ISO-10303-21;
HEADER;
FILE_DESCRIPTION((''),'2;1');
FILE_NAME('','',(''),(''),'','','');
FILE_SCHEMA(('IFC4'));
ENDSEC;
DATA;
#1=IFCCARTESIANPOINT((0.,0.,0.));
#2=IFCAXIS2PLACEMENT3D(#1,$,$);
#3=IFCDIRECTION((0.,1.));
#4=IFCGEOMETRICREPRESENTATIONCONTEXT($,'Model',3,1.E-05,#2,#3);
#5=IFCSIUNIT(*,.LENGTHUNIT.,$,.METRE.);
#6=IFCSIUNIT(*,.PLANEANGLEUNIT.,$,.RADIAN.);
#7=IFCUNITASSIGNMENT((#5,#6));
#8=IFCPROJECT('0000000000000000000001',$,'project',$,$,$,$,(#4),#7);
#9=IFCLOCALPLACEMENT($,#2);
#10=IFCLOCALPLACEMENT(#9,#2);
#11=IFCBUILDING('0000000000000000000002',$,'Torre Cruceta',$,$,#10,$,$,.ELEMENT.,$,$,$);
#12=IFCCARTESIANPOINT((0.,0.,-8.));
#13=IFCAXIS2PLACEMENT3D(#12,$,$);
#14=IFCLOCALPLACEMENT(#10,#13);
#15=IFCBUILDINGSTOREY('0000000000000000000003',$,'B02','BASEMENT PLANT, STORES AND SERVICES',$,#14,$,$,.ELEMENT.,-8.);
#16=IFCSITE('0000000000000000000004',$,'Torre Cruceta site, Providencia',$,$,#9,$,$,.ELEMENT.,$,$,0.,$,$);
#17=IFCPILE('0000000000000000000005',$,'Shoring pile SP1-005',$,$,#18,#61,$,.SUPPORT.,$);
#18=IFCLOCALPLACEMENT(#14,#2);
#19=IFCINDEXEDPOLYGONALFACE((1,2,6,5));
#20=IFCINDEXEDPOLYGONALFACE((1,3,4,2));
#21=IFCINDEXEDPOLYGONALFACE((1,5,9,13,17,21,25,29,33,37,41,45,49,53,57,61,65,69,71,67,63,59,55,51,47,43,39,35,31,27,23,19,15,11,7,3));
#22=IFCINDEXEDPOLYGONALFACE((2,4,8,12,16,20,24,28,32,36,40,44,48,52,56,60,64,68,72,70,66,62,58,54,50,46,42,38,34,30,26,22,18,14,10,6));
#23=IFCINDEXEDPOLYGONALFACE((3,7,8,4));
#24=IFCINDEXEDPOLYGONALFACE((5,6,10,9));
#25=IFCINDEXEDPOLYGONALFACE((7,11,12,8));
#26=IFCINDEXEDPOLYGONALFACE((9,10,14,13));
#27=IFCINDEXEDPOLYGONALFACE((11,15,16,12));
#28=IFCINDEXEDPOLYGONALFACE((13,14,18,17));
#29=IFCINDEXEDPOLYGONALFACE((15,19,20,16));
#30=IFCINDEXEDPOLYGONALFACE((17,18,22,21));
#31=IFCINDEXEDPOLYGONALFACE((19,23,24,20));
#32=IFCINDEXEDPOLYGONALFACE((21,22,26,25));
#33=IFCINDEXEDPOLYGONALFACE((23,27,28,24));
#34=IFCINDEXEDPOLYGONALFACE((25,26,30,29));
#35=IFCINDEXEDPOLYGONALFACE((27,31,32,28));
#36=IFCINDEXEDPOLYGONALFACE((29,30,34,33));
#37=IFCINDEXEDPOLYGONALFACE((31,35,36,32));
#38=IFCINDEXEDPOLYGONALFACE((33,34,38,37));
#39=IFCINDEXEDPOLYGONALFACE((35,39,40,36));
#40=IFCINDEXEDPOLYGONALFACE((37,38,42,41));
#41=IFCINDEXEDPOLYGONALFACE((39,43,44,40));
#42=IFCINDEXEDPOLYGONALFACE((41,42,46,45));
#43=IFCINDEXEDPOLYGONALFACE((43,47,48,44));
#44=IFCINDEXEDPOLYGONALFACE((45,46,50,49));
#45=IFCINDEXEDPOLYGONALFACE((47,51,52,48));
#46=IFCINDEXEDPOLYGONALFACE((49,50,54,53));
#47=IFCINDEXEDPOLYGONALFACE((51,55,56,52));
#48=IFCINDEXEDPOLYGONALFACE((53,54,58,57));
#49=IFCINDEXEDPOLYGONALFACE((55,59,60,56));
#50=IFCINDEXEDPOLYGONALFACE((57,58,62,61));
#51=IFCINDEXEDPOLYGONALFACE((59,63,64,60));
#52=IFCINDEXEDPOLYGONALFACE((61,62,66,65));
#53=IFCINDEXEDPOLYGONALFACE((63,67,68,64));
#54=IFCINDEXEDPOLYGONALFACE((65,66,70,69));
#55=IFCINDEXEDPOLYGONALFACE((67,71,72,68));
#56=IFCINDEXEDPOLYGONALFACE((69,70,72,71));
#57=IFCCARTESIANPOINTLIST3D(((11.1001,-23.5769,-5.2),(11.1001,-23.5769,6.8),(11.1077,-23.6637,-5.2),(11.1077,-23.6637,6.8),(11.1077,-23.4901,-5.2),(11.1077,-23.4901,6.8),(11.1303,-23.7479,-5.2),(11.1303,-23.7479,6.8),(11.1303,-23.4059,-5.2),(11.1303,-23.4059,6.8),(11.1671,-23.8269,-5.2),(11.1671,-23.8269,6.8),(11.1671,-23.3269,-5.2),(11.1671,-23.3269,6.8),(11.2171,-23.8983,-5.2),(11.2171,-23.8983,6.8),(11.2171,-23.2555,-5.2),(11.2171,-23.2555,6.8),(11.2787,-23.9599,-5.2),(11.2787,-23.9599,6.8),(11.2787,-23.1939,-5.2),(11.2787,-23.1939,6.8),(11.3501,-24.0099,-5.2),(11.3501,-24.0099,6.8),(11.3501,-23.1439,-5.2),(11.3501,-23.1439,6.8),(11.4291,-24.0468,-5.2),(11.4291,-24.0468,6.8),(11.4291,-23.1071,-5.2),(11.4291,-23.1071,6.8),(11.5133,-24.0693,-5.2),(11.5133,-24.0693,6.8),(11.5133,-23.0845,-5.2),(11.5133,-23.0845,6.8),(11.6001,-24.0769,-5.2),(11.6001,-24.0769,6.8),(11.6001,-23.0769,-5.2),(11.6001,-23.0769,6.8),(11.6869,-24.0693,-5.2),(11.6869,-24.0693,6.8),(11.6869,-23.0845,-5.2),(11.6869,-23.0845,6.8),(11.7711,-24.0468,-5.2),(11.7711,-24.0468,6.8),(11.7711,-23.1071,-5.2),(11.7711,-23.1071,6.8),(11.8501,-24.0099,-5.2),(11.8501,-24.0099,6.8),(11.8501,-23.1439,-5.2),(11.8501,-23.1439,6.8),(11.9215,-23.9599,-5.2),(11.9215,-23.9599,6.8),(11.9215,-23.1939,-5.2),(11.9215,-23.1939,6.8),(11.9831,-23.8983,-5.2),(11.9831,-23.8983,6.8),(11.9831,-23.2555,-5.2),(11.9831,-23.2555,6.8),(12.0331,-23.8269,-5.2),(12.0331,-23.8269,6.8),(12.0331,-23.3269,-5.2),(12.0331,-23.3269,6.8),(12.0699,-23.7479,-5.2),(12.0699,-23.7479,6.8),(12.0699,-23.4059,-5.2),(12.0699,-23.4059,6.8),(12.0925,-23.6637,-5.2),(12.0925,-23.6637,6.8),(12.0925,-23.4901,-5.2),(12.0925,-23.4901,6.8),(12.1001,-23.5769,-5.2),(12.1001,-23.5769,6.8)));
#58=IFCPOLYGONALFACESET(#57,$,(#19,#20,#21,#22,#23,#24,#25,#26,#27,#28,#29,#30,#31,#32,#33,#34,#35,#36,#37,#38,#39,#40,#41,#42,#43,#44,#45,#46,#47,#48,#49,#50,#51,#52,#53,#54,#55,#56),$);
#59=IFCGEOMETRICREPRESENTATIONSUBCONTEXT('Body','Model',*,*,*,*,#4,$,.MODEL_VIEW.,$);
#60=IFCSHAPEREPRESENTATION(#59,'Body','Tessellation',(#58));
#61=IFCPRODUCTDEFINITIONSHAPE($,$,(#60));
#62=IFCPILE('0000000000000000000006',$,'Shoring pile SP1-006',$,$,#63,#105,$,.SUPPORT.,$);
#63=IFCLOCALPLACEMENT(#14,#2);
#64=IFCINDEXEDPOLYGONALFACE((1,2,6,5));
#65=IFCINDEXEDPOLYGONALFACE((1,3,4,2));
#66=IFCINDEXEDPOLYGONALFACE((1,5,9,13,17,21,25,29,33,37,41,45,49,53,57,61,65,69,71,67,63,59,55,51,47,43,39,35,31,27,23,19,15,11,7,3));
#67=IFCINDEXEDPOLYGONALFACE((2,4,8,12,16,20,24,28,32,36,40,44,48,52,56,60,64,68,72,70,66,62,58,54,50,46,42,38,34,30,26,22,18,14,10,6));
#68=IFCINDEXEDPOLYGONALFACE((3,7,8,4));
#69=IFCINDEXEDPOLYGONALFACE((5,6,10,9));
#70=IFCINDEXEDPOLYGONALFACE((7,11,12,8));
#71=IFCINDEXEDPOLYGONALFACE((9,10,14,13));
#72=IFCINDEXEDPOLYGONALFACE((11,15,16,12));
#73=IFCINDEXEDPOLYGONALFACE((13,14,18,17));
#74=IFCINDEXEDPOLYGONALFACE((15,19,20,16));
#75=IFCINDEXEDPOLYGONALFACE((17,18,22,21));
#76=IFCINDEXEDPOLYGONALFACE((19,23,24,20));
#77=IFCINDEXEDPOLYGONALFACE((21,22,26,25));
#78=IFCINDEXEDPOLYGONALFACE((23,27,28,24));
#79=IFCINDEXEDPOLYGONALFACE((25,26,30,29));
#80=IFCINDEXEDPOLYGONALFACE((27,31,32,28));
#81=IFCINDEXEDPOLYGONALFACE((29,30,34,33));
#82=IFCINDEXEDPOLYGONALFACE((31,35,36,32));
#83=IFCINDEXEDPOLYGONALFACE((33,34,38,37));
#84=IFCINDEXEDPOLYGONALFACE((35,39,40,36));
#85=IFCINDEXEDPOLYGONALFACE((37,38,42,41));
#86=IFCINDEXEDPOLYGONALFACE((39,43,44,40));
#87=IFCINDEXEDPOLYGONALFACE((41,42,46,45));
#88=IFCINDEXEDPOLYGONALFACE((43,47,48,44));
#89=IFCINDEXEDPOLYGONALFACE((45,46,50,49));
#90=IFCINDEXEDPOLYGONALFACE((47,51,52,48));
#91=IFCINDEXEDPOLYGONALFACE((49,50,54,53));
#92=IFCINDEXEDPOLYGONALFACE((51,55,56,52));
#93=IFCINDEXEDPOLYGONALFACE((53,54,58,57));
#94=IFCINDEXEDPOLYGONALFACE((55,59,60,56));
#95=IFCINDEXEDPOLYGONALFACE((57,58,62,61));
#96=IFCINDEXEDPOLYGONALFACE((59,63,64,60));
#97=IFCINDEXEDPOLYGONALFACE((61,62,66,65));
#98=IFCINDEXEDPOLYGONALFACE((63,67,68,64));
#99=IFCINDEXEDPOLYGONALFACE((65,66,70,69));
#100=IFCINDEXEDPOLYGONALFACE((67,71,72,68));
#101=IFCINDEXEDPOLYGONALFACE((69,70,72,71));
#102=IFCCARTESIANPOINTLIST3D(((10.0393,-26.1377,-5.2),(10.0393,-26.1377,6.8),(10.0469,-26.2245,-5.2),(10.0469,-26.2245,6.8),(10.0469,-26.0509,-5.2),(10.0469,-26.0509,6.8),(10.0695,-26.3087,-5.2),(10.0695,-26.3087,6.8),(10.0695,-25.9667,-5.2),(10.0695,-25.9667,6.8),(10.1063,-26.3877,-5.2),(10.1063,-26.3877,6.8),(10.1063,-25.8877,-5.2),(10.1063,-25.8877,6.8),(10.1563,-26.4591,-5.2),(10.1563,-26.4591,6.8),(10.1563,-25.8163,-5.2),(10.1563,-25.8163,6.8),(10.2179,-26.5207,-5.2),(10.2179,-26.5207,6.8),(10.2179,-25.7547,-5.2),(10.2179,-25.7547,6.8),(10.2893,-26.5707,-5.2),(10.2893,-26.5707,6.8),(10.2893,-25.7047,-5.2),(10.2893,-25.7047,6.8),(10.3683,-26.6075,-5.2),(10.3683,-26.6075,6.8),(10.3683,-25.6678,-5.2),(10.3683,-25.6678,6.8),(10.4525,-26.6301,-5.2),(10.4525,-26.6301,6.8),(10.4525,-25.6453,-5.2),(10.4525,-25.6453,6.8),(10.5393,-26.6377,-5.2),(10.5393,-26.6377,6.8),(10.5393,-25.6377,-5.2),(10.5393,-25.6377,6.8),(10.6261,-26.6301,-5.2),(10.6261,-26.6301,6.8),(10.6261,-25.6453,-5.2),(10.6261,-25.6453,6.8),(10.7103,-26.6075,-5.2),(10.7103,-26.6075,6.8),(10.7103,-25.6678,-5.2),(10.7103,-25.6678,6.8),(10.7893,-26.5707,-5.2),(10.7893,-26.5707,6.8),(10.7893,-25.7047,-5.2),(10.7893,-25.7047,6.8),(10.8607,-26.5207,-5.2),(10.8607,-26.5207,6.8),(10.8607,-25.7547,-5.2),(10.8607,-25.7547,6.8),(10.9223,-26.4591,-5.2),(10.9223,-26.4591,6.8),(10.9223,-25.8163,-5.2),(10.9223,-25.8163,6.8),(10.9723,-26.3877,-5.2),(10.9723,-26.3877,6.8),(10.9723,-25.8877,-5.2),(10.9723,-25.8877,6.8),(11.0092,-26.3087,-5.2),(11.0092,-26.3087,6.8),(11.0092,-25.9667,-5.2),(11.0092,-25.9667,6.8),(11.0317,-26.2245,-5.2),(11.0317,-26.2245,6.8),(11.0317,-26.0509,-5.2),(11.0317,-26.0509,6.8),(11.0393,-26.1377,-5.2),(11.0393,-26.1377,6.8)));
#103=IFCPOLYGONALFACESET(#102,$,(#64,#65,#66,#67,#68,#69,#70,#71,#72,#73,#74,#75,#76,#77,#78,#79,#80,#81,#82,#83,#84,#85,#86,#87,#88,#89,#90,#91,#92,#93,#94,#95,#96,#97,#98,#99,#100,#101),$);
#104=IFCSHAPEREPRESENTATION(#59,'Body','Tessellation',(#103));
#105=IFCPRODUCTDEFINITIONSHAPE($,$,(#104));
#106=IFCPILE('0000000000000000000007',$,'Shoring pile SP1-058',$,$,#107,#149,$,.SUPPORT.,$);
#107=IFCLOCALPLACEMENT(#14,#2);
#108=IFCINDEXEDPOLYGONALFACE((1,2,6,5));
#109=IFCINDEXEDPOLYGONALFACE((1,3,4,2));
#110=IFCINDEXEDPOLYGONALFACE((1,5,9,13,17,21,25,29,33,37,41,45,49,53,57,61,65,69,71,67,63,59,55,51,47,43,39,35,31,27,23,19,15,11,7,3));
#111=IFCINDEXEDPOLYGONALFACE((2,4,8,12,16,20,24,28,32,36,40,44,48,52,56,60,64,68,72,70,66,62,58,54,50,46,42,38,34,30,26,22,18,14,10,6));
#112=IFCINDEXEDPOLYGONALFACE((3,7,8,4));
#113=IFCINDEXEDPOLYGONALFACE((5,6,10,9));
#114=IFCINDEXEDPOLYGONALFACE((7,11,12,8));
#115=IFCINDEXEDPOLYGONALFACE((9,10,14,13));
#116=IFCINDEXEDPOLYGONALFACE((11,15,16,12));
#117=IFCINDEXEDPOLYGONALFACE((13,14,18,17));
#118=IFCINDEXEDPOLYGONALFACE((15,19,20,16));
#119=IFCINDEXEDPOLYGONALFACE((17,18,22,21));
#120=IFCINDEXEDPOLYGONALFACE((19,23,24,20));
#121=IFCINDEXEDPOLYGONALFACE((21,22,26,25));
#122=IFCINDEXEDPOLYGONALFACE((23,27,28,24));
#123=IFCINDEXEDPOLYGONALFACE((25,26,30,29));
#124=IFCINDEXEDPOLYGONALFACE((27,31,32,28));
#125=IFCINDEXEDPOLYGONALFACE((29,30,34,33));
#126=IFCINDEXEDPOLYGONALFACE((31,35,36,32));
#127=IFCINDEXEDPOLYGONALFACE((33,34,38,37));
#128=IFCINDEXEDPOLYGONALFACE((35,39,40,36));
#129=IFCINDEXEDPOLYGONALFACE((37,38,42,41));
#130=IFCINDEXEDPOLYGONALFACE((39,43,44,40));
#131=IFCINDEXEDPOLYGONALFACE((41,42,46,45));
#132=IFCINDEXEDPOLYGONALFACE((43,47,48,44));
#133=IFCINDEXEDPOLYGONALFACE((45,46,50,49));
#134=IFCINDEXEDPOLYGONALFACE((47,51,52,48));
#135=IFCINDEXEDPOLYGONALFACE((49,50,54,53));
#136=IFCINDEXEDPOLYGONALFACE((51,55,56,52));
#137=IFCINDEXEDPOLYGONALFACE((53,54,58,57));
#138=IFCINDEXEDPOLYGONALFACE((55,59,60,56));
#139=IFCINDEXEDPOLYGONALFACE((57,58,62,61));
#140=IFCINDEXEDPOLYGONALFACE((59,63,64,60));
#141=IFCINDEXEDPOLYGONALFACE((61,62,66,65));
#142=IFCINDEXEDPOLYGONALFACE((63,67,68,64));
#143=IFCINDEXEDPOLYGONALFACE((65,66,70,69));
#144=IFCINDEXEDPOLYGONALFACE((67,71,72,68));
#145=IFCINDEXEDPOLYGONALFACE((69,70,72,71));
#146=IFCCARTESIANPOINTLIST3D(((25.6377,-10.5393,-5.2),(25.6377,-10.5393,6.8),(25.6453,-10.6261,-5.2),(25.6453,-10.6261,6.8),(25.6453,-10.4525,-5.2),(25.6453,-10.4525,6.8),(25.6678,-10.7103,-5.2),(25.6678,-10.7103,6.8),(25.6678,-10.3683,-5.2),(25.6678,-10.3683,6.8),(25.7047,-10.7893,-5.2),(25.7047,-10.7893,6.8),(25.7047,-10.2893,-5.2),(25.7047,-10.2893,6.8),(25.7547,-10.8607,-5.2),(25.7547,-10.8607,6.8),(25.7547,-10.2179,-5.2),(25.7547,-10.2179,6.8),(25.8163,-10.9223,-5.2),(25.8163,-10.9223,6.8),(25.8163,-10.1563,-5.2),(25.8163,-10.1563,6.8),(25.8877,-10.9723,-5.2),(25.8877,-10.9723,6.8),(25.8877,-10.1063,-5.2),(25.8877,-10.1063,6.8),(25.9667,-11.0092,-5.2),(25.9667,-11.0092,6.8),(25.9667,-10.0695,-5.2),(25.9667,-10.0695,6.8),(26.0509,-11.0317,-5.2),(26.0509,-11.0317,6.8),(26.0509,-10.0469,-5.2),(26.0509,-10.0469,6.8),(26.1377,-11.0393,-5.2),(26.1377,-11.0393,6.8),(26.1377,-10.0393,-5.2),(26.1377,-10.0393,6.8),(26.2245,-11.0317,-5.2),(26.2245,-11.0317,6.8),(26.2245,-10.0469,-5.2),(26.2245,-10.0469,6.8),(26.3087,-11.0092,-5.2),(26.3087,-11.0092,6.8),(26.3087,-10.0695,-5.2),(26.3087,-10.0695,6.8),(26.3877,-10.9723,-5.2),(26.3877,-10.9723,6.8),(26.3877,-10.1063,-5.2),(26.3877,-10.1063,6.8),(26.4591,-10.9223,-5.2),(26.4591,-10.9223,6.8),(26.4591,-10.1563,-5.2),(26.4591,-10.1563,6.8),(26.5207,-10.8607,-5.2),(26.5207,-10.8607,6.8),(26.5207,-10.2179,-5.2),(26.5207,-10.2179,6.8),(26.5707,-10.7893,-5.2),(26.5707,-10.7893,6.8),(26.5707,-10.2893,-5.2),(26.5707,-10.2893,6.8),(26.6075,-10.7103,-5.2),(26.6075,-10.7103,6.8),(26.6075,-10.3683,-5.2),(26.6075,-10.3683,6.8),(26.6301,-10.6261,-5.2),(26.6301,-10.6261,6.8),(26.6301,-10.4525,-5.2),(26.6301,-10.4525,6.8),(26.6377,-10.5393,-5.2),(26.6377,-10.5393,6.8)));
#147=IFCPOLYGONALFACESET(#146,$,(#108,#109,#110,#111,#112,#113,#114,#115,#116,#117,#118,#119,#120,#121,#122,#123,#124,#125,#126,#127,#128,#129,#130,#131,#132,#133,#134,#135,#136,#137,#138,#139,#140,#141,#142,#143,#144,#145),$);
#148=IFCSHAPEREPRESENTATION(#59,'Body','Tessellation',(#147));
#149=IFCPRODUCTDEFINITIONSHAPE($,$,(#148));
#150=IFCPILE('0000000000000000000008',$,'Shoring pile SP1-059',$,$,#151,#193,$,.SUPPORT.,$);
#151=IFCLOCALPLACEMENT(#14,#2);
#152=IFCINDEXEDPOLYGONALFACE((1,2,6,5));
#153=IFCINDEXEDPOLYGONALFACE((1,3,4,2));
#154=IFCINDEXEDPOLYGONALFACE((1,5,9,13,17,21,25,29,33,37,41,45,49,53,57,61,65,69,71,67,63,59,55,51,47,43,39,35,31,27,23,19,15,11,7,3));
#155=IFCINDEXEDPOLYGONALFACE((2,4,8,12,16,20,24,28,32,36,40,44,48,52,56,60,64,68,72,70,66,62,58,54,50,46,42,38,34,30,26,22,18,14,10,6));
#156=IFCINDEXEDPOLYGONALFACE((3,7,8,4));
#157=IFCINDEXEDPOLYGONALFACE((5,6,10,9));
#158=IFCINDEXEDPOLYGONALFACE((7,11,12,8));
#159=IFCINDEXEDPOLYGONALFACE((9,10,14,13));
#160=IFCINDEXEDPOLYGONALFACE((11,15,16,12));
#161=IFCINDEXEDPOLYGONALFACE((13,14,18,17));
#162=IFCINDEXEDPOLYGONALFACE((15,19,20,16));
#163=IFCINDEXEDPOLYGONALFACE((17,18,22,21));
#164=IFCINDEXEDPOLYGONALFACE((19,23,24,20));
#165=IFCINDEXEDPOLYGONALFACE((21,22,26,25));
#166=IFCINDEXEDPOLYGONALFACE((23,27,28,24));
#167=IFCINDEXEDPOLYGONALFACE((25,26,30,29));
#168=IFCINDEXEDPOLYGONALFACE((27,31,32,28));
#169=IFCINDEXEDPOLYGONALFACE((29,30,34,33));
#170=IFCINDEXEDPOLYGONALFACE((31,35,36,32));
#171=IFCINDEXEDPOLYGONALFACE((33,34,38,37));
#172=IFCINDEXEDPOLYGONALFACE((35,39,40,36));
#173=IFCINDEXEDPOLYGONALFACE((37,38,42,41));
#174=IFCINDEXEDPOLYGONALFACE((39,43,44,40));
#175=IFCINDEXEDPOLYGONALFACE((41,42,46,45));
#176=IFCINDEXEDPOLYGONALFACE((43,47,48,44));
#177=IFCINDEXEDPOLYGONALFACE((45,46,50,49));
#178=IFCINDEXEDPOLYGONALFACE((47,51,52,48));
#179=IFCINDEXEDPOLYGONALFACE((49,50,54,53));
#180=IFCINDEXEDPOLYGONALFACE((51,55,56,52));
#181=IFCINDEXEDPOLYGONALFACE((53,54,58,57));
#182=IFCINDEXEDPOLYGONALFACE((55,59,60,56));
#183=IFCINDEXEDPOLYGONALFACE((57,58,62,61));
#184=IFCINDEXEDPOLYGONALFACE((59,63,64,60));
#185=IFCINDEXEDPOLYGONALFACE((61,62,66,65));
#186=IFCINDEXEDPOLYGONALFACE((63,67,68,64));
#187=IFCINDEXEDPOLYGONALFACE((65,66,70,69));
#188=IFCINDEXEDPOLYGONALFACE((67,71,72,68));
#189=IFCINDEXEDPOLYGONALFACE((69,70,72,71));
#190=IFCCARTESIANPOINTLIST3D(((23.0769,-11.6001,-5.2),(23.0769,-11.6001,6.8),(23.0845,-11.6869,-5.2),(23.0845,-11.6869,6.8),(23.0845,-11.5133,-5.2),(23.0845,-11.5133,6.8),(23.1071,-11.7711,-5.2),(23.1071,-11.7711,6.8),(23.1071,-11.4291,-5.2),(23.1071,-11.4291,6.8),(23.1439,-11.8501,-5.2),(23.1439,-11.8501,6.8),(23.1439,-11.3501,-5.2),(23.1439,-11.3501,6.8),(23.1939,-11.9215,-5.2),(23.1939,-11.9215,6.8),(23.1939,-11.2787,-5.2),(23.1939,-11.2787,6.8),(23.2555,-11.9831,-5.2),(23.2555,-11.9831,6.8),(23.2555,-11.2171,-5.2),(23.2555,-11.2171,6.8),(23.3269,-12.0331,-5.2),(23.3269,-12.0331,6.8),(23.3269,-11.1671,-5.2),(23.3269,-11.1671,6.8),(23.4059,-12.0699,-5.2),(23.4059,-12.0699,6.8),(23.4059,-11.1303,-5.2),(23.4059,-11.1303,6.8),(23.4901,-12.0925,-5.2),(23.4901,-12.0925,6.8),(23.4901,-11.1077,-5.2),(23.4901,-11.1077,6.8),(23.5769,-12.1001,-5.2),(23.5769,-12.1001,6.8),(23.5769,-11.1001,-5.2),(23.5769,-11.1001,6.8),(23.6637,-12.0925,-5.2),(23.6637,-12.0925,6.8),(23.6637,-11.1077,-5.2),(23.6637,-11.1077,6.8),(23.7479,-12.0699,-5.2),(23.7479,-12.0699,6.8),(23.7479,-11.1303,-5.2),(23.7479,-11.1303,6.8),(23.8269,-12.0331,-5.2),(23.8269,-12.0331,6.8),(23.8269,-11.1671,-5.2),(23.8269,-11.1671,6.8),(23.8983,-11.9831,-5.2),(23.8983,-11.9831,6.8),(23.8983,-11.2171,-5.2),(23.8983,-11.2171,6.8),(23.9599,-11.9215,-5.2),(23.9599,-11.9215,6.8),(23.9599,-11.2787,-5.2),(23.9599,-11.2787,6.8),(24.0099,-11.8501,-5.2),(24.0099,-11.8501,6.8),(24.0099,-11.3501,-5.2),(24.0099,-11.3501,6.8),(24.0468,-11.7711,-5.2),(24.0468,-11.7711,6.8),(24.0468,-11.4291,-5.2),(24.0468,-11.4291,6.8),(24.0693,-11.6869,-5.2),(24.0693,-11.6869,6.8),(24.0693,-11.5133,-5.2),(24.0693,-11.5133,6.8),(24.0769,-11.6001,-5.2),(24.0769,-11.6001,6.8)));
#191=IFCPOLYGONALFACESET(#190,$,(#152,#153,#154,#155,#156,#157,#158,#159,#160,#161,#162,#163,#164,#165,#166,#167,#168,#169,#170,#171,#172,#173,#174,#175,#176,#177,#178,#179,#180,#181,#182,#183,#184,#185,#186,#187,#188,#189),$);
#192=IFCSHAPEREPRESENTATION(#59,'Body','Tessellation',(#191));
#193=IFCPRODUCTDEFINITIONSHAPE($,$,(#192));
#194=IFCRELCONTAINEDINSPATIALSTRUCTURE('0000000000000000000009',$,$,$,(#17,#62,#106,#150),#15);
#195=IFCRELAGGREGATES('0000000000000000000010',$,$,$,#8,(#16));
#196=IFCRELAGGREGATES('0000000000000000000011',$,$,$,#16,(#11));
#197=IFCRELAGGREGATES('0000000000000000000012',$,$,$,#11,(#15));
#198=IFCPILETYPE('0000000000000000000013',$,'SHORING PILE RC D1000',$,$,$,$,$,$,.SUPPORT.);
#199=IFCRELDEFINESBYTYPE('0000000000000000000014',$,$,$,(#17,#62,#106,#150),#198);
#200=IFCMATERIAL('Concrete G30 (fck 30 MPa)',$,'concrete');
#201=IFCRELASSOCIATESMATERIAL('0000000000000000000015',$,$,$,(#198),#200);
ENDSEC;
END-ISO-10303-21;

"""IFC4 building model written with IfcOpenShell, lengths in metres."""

from ifc_helpers import new_model, si_unit, direction, frame, origin, origin_2d, place, context, subcontext, project, spatial, circle, extrude, material, material_profile, profile_set, type_object, element, save


model = new_model("IFC4")

# Units and contexts
model_context = context("Model", 3, precision=1e-05, world=origin(), true_north=direction((0.0, 1.0)))
body_context = subcontext(model_context, "Body", "Model", "MODEL_VIEW")
ifc_project = project(units=[si_unit("LENGTHUNIT", "METRE"), si_unit("PLANEANGLEUNIT", "RADIAN")], contexts=[model_context])

# Site, building, storey
site_placement = place(None, origin())
site = spatial("IfcSite", under=ifc_project, at=site_placement, Name="Torre Cruceta site, Providencia", CompositionType="ELEMENT", RefElevation=0.0)
building_placement = place(site_placement, origin())
building = spatial("IfcBuilding", under=site, at=building_placement, Name="Torre Cruceta", CompositionType="ELEMENT")
storey_placement = place(building_placement, frame((0.0, 0.0, -8.0)))
storey = spatial("IfcBuildingStorey", under=building, at=storey_placement, Name="B02", Description="BASEMENT PLANT, STORES AND SERVICES", CompositionType="ELEMENT", Elevation=-8.0)

# Piles
ifc_material_1 = material(Name="Concrete G30 (fck 30 MPa)", Category="concrete")
ifc_material_profile_1 = material_profile(ifc_material_1, circle(Radius=0.5, at=origin_2d()), Name="RC D1000")
ifc_profile_set_1 = profile_set([ifc_material_profile_1], Name="Concrete G30 (fck 30 MPa)")
pile_type_1 = type_object("IfcPileType", Name="SHORING PILE RC D1000", PredefinedType="SUPPORT", material=ifc_profile_set_1)
for number, where, z_axis, x_axis, name in (
    (1, (11.6001, -23.5769, 6.8), (0.0, 0.0, -1.0), (1.0, 0.0, 0.0), "Shoring pile SP1-005"),
    (2, (10.5393, -26.1377, 6.8), (0.0, 0.0, -1.0), (1.0, 0.0, 0.0), "Shoring pile SP1-006"),
    (3, (26.1377, -10.5393, 6.8), (0.0, 0.0, -1.0), (1.0, 0.0, 0.0), "Shoring pile SP1-058"),
    (4, (23.5769, -11.6001, 6.8), (0.0, 0.0, -1.0), (1.0, 0.0, 0.0), "Shoring pile SP1-059"),
):
    element("IfcPile", number, at=place(storey_placement, frame(where, z_axis=z_axis, x_axis=x_axis)), inside=storey, type_object=pile_type_1, Name=name, PredefinedType="SUPPORT", context=body_context, shape_type="SweptSolid", body=[
        extrude(circle(Radius=0.5, at=origin_2d()), origin(), (0.0, 0.0, 1.0), 12.0),
    ])

save(model, "model.ifc")
